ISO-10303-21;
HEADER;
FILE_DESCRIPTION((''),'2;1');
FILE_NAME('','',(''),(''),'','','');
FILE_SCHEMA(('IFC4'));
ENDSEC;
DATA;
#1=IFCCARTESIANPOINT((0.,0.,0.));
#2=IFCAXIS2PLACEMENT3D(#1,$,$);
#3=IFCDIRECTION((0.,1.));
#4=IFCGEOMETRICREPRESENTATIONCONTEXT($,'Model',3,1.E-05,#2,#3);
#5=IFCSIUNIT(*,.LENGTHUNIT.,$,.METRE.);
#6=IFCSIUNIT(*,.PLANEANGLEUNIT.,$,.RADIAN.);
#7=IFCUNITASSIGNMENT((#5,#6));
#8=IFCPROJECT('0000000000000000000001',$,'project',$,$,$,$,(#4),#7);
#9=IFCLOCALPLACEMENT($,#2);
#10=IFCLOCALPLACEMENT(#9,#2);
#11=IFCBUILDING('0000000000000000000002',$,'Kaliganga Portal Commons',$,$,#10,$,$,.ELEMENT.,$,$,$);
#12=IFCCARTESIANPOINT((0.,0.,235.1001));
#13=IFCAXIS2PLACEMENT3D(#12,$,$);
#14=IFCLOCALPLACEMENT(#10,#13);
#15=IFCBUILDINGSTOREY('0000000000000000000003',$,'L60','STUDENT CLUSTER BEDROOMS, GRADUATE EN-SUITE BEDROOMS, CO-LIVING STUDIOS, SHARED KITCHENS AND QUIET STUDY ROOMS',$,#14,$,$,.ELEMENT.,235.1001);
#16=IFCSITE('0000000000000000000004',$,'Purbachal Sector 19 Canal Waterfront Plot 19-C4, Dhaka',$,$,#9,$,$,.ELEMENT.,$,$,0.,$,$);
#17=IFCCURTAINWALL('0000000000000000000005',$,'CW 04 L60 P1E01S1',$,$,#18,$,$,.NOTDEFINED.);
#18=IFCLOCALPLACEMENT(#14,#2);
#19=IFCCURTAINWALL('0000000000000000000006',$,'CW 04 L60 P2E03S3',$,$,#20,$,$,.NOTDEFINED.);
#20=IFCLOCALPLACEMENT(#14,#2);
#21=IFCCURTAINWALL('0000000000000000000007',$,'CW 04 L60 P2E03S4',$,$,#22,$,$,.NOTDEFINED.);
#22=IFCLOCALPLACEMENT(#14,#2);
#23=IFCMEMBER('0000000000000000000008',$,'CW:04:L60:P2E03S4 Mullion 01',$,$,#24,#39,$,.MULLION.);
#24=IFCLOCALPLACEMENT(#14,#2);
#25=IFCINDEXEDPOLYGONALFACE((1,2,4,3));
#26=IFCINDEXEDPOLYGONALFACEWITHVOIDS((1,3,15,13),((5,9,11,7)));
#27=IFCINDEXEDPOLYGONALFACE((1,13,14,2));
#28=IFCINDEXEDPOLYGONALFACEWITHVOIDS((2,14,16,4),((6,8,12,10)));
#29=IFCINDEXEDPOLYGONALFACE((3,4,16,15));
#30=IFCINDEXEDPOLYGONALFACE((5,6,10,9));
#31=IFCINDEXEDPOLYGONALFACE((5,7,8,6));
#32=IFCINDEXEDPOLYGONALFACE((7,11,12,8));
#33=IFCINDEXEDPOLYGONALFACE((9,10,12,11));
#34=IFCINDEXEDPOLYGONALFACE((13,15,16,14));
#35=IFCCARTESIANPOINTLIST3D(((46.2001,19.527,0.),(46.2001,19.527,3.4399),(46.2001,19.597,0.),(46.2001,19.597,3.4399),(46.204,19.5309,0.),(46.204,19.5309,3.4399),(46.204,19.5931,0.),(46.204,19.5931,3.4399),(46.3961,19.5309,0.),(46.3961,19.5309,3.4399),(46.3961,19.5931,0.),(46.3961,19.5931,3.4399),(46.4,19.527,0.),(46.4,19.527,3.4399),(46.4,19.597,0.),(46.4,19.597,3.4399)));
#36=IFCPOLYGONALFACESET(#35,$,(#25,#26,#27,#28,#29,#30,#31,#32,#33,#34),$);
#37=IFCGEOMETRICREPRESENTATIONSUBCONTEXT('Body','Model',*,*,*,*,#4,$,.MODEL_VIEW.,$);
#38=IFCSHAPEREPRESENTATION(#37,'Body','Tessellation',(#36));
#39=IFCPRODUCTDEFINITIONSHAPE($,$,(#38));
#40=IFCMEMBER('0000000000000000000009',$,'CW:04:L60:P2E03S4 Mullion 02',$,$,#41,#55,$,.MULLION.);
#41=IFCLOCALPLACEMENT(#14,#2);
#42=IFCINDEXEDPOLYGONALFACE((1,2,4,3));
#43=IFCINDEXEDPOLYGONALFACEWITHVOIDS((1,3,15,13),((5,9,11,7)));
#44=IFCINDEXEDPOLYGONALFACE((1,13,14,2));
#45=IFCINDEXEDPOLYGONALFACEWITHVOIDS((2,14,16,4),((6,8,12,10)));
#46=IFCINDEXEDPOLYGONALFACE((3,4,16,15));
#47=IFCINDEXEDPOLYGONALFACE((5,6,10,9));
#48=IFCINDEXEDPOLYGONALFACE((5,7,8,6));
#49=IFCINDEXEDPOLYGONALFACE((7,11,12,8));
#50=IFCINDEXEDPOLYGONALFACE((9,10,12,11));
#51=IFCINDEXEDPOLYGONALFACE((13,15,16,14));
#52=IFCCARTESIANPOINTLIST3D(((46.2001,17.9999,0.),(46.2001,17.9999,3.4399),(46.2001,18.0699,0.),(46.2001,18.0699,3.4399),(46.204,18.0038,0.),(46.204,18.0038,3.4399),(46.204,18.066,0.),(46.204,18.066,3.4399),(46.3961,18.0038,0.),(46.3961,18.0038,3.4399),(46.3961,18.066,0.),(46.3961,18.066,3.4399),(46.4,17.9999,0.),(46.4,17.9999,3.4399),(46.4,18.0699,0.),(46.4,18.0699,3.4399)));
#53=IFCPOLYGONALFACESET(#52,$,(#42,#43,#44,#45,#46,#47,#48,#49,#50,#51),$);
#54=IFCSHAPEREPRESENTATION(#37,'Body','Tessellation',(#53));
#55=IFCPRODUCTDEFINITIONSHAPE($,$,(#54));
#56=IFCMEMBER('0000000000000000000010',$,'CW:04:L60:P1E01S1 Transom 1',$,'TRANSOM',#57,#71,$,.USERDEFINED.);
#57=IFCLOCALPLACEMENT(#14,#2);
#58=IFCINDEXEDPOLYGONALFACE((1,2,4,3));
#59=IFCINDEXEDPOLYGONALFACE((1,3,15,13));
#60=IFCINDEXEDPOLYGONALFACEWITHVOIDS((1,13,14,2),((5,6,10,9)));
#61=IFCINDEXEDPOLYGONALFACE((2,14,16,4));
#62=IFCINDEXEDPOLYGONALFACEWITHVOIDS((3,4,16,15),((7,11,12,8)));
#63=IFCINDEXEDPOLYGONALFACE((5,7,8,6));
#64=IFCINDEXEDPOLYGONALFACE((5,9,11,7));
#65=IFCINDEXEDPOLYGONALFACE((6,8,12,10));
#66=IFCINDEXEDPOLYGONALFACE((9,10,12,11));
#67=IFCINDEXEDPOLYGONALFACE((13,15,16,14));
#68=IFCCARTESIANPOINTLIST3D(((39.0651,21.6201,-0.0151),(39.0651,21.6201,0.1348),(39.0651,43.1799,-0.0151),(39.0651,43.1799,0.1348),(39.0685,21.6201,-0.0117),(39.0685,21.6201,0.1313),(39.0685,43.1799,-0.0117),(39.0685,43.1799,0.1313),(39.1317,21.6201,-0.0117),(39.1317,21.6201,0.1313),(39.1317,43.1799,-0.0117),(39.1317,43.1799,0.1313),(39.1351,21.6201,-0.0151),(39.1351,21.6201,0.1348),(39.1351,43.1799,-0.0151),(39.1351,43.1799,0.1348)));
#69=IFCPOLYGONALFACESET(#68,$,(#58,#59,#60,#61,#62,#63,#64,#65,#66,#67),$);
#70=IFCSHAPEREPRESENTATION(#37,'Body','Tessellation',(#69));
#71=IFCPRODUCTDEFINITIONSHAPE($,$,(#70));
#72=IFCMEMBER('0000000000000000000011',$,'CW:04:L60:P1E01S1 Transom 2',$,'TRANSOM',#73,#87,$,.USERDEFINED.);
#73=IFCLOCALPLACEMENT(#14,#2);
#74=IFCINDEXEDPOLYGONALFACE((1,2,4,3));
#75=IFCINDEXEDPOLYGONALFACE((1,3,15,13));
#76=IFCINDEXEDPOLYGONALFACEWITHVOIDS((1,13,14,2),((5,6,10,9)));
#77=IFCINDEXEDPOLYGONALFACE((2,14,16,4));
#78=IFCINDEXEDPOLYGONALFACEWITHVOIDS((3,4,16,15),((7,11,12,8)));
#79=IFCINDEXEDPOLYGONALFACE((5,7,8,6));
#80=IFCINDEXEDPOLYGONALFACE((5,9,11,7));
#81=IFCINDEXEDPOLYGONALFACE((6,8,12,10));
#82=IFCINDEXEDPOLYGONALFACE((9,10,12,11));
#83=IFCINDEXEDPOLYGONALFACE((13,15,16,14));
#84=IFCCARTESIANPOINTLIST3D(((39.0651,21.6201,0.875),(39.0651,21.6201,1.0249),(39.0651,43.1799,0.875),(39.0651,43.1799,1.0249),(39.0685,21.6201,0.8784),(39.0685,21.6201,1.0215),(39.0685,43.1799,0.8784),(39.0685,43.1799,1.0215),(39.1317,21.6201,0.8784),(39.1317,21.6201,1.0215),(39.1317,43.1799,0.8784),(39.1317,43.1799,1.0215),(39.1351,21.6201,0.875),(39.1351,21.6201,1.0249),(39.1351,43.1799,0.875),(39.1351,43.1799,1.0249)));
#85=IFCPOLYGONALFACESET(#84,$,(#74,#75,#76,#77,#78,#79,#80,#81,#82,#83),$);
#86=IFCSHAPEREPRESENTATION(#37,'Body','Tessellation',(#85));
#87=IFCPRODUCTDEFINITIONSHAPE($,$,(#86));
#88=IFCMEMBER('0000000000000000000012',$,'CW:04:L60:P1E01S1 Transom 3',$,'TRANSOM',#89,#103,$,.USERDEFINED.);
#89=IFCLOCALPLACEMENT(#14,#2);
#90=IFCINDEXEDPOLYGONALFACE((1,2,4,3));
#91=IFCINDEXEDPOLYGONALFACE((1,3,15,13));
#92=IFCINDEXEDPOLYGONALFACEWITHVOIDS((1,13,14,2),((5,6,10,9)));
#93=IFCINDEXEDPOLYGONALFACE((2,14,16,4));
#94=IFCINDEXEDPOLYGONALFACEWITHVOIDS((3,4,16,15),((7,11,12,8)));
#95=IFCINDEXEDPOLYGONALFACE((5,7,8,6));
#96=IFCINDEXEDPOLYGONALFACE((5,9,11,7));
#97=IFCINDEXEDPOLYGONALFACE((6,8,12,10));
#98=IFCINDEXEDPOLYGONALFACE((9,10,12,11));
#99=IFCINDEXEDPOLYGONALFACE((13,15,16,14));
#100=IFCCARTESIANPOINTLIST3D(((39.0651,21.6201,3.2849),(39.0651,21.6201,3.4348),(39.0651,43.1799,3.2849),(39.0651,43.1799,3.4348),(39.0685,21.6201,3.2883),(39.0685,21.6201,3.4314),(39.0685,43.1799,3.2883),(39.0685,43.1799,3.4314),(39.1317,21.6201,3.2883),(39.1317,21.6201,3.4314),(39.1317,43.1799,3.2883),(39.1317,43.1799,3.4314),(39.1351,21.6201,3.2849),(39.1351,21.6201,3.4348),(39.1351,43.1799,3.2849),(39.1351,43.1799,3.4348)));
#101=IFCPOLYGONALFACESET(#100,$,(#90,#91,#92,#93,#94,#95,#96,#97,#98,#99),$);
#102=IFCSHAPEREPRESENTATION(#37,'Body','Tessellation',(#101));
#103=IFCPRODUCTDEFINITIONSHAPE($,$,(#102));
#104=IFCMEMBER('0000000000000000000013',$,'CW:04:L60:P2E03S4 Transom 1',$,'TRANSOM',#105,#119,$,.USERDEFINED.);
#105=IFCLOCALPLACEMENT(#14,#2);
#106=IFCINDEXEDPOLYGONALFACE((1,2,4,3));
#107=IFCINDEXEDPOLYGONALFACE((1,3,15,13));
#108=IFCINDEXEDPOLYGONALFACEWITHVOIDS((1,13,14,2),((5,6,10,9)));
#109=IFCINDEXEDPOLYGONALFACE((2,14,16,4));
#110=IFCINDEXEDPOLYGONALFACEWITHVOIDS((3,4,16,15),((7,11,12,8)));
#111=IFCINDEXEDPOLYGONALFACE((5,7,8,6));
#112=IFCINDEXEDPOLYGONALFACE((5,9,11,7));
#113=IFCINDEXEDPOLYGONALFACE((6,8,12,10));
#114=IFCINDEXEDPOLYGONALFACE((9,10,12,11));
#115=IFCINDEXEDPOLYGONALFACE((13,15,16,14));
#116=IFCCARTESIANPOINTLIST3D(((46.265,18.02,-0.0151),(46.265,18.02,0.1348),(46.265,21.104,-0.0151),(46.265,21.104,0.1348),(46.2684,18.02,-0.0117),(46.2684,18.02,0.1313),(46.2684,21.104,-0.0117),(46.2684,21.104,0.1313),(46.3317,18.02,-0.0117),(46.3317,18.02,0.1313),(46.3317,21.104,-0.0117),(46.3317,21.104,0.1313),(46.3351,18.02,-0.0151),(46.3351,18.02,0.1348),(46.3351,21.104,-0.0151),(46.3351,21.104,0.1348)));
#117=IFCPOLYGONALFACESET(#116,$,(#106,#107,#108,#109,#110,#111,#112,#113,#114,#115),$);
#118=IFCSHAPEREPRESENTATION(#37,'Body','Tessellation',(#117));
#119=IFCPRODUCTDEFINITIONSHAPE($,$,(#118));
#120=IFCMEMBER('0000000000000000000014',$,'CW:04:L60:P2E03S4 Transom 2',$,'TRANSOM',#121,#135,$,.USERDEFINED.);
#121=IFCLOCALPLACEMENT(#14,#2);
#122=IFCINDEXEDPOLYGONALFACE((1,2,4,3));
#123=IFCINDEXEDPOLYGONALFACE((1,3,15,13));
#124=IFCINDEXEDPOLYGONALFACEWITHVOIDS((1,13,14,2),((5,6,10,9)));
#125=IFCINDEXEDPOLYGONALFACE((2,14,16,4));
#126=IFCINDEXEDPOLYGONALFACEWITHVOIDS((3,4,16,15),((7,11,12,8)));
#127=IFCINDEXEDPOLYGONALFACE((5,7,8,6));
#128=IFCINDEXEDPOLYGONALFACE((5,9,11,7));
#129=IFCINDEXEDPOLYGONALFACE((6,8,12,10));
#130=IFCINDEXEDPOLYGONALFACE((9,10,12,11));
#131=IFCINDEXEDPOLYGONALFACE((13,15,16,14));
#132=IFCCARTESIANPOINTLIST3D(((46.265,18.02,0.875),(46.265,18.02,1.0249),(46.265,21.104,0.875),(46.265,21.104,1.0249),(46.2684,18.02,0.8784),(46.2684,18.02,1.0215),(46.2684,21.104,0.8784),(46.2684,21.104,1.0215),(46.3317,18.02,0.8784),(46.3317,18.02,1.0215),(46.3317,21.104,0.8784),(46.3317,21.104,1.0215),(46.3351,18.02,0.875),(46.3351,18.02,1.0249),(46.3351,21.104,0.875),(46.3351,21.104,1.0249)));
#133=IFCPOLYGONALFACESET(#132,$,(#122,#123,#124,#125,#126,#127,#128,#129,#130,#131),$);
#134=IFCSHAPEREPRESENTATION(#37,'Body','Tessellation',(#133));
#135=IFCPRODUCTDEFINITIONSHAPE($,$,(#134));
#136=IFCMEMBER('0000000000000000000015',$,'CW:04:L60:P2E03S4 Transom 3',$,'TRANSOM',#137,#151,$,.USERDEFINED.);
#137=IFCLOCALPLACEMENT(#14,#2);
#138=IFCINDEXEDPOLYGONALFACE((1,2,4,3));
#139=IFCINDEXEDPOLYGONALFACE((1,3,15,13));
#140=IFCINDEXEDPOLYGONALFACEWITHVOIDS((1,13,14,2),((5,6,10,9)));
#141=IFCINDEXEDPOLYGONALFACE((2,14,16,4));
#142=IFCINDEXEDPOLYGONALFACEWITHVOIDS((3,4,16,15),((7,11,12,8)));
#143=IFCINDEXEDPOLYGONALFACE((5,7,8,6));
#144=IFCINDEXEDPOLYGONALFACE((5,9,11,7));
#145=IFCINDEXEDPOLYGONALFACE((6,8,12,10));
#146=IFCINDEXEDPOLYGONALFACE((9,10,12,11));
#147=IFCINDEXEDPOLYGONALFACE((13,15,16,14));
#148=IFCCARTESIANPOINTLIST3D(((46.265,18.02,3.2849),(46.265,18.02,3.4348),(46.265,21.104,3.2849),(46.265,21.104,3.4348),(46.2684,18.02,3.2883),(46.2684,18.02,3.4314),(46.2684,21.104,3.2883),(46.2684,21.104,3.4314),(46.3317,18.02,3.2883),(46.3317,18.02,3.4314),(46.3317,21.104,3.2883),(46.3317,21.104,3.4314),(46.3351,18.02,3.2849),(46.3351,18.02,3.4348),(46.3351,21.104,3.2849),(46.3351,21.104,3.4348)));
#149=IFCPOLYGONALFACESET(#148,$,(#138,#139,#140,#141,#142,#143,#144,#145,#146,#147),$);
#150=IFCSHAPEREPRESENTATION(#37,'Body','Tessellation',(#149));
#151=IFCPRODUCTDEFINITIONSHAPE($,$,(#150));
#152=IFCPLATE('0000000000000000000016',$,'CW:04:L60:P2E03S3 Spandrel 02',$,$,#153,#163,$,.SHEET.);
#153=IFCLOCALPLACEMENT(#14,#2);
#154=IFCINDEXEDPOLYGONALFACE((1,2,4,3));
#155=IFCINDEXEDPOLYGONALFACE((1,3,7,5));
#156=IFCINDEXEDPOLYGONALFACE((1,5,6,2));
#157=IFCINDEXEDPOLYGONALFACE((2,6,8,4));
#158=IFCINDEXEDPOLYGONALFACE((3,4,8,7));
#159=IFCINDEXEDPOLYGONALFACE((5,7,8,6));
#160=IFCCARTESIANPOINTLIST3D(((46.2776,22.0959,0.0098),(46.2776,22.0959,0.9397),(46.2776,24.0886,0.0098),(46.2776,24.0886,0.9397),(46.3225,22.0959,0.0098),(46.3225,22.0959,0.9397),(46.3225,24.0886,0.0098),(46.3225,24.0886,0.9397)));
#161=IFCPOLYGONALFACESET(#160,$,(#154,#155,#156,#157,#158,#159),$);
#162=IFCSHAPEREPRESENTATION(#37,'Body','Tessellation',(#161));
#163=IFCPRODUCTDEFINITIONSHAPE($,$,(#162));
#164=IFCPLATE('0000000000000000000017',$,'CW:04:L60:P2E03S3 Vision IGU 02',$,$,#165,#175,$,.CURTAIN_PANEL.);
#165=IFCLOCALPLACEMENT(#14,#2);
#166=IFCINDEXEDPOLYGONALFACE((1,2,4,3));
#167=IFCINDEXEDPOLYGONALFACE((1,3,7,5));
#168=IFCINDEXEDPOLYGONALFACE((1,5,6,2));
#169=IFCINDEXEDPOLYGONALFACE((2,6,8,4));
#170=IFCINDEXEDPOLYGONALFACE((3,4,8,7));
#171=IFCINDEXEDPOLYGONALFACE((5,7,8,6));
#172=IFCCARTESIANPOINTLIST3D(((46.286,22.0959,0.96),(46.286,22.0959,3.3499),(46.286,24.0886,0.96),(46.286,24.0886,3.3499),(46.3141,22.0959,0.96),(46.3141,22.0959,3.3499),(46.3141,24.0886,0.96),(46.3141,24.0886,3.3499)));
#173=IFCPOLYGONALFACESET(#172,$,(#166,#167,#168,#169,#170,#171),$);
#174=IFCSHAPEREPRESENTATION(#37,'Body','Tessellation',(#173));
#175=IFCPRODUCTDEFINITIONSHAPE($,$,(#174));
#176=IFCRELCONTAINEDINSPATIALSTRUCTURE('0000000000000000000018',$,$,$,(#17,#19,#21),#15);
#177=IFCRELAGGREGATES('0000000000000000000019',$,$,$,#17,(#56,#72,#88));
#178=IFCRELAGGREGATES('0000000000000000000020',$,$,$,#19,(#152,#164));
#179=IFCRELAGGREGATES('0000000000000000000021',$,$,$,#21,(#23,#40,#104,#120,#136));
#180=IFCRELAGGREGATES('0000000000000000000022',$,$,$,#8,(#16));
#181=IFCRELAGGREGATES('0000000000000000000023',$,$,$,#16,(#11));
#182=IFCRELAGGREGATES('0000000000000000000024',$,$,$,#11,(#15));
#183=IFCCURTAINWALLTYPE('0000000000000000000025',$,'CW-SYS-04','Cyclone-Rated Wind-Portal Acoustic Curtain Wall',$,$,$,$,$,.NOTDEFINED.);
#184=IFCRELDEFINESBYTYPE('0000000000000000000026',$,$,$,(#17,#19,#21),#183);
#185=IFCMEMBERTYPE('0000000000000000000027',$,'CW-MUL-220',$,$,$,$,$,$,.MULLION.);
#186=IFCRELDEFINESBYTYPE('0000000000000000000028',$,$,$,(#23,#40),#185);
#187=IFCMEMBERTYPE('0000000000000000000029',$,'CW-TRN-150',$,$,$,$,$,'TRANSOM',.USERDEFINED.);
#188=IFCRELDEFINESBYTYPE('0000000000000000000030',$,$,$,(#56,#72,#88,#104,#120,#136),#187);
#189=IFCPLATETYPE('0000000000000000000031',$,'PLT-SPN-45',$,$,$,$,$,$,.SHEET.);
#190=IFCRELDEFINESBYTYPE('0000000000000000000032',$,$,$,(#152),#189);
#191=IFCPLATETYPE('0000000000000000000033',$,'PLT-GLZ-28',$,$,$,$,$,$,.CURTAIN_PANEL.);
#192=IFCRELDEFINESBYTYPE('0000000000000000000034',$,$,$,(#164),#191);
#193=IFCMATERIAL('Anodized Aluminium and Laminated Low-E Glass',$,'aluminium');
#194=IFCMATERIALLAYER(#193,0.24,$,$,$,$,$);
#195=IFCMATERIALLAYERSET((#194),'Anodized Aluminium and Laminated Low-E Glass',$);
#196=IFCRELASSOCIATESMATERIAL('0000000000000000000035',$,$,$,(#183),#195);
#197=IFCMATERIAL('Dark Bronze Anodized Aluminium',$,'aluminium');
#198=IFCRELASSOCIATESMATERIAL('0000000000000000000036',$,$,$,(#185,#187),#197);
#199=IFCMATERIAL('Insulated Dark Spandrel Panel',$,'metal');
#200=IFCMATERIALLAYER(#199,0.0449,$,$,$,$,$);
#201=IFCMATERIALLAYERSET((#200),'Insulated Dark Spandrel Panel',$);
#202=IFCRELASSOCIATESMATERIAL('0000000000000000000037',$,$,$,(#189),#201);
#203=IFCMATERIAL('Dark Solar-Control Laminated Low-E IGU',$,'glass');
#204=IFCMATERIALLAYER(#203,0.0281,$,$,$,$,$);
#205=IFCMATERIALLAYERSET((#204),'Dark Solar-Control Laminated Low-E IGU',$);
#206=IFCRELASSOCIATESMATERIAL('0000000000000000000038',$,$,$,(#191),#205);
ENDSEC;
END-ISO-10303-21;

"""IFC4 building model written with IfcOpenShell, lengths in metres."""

from ifc_helpers import new_model, si_unit, direction, frame, origin, origin_2d, place, context, subcontext, project, spatial, rectangle, hollow_rectangle, extrude, source, transform, mapped, material, layer, layer_set, material_profile, profile_set, type_object, element, aggregate, save


model = new_model("IFC4")

# Units and contexts
model_context = context("Model", 3, precision=1e-05, world=origin(), true_north=direction((0.0, 1.0)))
body_context = subcontext(model_context, "Body", "Model", "MODEL_VIEW")
ifc_project = project(units=[si_unit("LENGTHUNIT", "METRE"), si_unit("PLANEANGLEUNIT", "RADIAN")], contexts=[model_context])

# Site, building, storey
site_placement = place(None, origin())
site = spatial("IfcSite", under=ifc_project, at=site_placement, Name="Purbachal Sector 19 Canal Waterfront Plot 19-C4, Dhaka", CompositionType="ELEMENT", RefElevation=0.0)
building_placement = place(site_placement, origin())
building = spatial("IfcBuilding", under=site, at=building_placement, Name="Kaliganga Portal Commons", CompositionType="ELEMENT")
storey_placement = place(building_placement, frame((0.0, 0.0, 235.1001)))
storey = spatial("IfcBuildingStorey", under=building, at=storey_placement, Name="L60", Description="STUDENT CLUSTER BEDROOMS, GRADUATE EN-SUITE BEDROOMS, CO-LIVING STUDIOS, SHARED KITCHENS AND QUIET STUDY ROOMS", CompositionType="ELEMENT", Elevation=235.1001)

# Curtain walls
ifc_material_1 = material(Name="Anodized Aluminium and Laminated Low-E Glass", Category="aluminium")
ifc_layer_1 = layer(ifc_material_1, 0.24)
ifc_layer_set_1 = layer_set([ifc_layer_1], Name="Anodized Aluminium and Laminated Low-E Glass")
curtain_wall_type = type_object("IfcCurtainWallType", Name="CW-SYS-04", Description="Cyclone-Rated Wind-Portal Acoustic Curtain Wall", PredefinedType="NOTDEFINED", material=ifc_layer_set_1)
curtain_wall_1_placement = place(storey_placement, origin())
curtain_wall_1 = element("IfcCurtainWall", 1, at=curtain_wall_1_placement, inside=storey, type_object=curtain_wall_type, Name="CW 04 L60 P1E01S1", PredefinedType="NOTDEFINED")
ifc_material_2 = material(Name="Dark Bronze Anodized Aluminium", Category="aluminium")
ifc_material_profile_1 = material_profile(ifc_material_2, hollow_rectangle(XDim=0.0701, YDim=0.2, WallThickness=0.0039, at=origin_2d()), Name="ALU MULL 70x200x4")
ifc_profile_set_1 = profile_set([ifc_material_profile_1], Name="Dark Bronze Anodized Aluminium")
member_type_1 = type_object("IfcMemberType", Name="CW-MUL-220", PredefinedType="MULLION", material=ifc_profile_set_1)
shared_shape_1 = source(origin(), body_context, "Body", "SweptSolid", [
    extrude(hollow_rectangle(XDim=0.0701, YDim=0.2, WallThickness=0.0039, at=origin_2d()), origin(), (0.0, 0.0, 1.0), 3.4399),
])
curtain_wall_2_placement = place(storey_placement, origin())
curtain_wall_2 = element("IfcCurtainWall", 2, at=curtain_wall_2_placement, inside=storey, type_object=curtain_wall_type, Name="CW 04 L60 P2E03S3", PredefinedType="NOTDEFINED")

# Curtain wall, members
curtain_wall_3_placement = place(storey_placement, origin())
curtain_wall_3 = element("IfcCurtainWall", 3, at=curtain_wall_3_placement, inside=storey, type_object=curtain_wall_type, Name="CW 04 L60 P2E03S4", PredefinedType="NOTDEFINED")
member_1_placement = place(storey_placement, frame((46.3, 19.562, 0.0), z_axis=(0.0, 0.0, 1.0), x_axis=(0.0, -1.0, 0.0)))
member_1 = element("IfcMember", 4, at=member_1_placement, type_object=member_type_1, Name="CW:04:L60:P2E03S4 Mullion 01", PredefinedType="MULLION", context=body_context, shape_type="MappedRepresentation", body=[
    mapped(shared_shape_1, transform((0.0, 0.0, 0.0), x_axis=(1.0, 0.0, 0.0), y_axis=(0.0, 1.0, 0.0), z_axis=(0.0, 0.0, 1.0), scale=1.0)),
])
member_2_placement = place(storey_placement, frame((46.3, 18.0349, 0.0), z_axis=(0.0, 0.0, 1.0), x_axis=(0.0, -1.0, 0.0)))
member_2 = element("IfcMember", 5, at=member_2_placement, type_object=member_type_1, Name="CW:04:L60:P2E03S4 Mullion 02", PredefinedType="MULLION", context=body_context, shape_type="MappedRepresentation", body=[
    mapped(shared_shape_1, transform((0.0, 0.0, 0.0), x_axis=(1.0, 0.0, 0.0), y_axis=(0.0, 1.0, 0.0), z_axis=(0.0, 0.0, 1.0), scale=1.0)),
])

# Members
ifc_material_profile_2 = material_profile(ifc_material_2, hollow_rectangle(XDim=0.0701, YDim=0.1499, WallThickness=0.0034, at=origin_2d()), Name="ALU TRAN 70x150x3.5")
ifc_profile_set_2 = profile_set([ifc_material_profile_2], Name="Dark Bronze Anodized Aluminium")
member_type_2 = type_object("IfcMemberType", Name="CW-TRN-150", ElementType="TRANSOM", PredefinedType="USERDEFINED", material=ifc_profile_set_2)
shared_shape_2 = source(origin(), body_context, "Body", "SweptSolid", [
    extrude(hollow_rectangle(XDim=0.0701, YDim=0.1499, WallThickness=0.0034, at=origin_2d()), origin(), (0.0, 0.0, 1.0), 21.5598),
])
member_3_placement = place(storey_placement, frame((39.1001, 21.6201, 0.0598), z_axis=(0.0, 1.0, 0.0), x_axis=(-1.0, 0.0, 0.0)))
member_3 = element("IfcMember", 6, at=member_3_placement, type_object=member_type_2, Name="CW:04:L60:P1E01S1 Transom 1", ObjectType="TRANSOM", PredefinedType="USERDEFINED", context=body_context, shape_type="MappedRepresentation", body=[
    mapped(shared_shape_2, transform((0.0, 0.0, 0.0), x_axis=(1.0, 0.0, 0.0), y_axis=(0.0, 1.0, 0.0), z_axis=(0.0, 0.0, 1.0), scale=1.0)),
])
member_4_placement = place(storey_placement, frame((39.1001, 21.6201, 0.95), z_axis=(0.0, 1.0, 0.0), x_axis=(-1.0, 0.0, 0.0)))
member_4 = element("IfcMember", 7, at=member_4_placement, type_object=member_type_2, Name="CW:04:L60:P1E01S1 Transom 2", ObjectType="TRANSOM", PredefinedType="USERDEFINED", context=body_context, shape_type="MappedRepresentation", body=[
    mapped(shared_shape_2, transform((0.0, 0.0, 0.0), x_axis=(1.0, 0.0, 0.0), y_axis=(0.0, 1.0, 0.0), z_axis=(0.0, 0.0, 1.0), scale=1.0)),
])
member_5_placement = place(storey_placement, frame((39.1001, 21.6201, 3.3599), z_axis=(0.0, 1.0, 0.0), x_axis=(-1.0, 0.0, 0.0)))
member_5 = element("IfcMember", 8, at=member_5_placement, type_object=member_type_2, Name="CW:04:L60:P1E01S1 Transom 3", ObjectType="TRANSOM", PredefinedType="USERDEFINED", context=body_context, shape_type="MappedRepresentation", body=[
    mapped(shared_shape_2, transform((0.0, 0.0, 0.0), x_axis=(1.0, 0.0, 0.0), y_axis=(0.0, 1.0, 0.0), z_axis=(0.0, 0.0, 1.0), scale=1.0)),
])
aggregate(curtain_wall_1, [member_3, member_4, member_5])
shared_shape_3 = source(origin(), body_context, "Body", "SweptSolid", [
    extrude(hollow_rectangle(XDim=0.0701, YDim=0.1499, WallThickness=0.0034, at=origin_2d()), origin(), (0.0, 0.0, 1.0), 3.084),
])
member_6_placement = place(storey_placement, frame((46.3, 21.104, 0.0598), z_axis=(0.0, -1.0, 0.0), x_axis=(1.0, 0.0, 0.0)))
member_6 = element("IfcMember", 9, at=member_6_placement, type_object=member_type_2, Name="CW:04:L60:P2E03S4 Transom 1", ObjectType="TRANSOM", PredefinedType="USERDEFINED", context=body_context, shape_type="MappedRepresentation", body=[
    mapped(shared_shape_3, transform((0.0, 0.0, 0.0), x_axis=(1.0, 0.0, 0.0), y_axis=(0.0, 1.0, 0.0), z_axis=(0.0, 0.0, 1.0), scale=1.0)),
])
member_7_placement = place(storey_placement, frame((46.3, 21.104, 0.95), z_axis=(0.0, -1.0, 0.0), x_axis=(1.0, 0.0, 0.0)))
member_7 = element("IfcMember", 10, at=member_7_placement, type_object=member_type_2, Name="CW:04:L60:P2E03S4 Transom 2", ObjectType="TRANSOM", PredefinedType="USERDEFINED", context=body_context, shape_type="MappedRepresentation", body=[
    mapped(shared_shape_3, transform((0.0, 0.0, 0.0), x_axis=(1.0, 0.0, 0.0), y_axis=(0.0, 1.0, 0.0), z_axis=(0.0, 0.0, 1.0), scale=1.0)),
])
member_8_placement = place(storey_placement, frame((46.3, 21.104, 3.3599), z_axis=(0.0, -1.0, 0.0), x_axis=(1.0, 0.0, 0.0)))
member_8 = element("IfcMember", 11, at=member_8_placement, type_object=member_type_2, Name="CW:04:L60:P2E03S4 Transom 3", ObjectType="TRANSOM", PredefinedType="USERDEFINED", context=body_context, shape_type="MappedRepresentation", body=[
    mapped(shared_shape_3, transform((0.0, 0.0, 0.0), x_axis=(1.0, 0.0, 0.0), y_axis=(0.0, 1.0, 0.0), z_axis=(0.0, 0.0, 1.0), scale=1.0)),
])

# Plates
ifc_material_3 = material(Name="Insulated Dark Spandrel Panel", Category="metal")
ifc_layer_2 = layer(ifc_material_3, 0.0449)
ifc_layer_set_2 = layer_set([ifc_layer_2], Name="Insulated Dark Spandrel Panel")
plate_type_1 = type_object("IfcPlateType", Name="PLT-SPN-45", PredefinedType="SHEET", material=ifc_layer_set_2)
shared_shape_4 = source(origin(), body_context, "Body", "SweptSolid", [
    extrude(rectangle(XDim=1.9927, YDim=0.0449, at=origin_2d()), origin(), (0.0, 0.0, 1.0), 0.9299),
])
plate_1_placement = place(storey_placement, frame((46.3, 23.0923, 0.0098), z_axis=(0.0, 0.0, 1.0), x_axis=(0.0, -1.0, 0.0)))
plate_1 = element("IfcPlate", 12, at=plate_1_placement, type_object=plate_type_1, Name="CW:04:L60:P2E03S3 Spandrel 02", PredefinedType="SHEET", context=body_context, shape_type="MappedRepresentation", body=[
    mapped(shared_shape_4, transform((0.0, 0.0, 0.0), x_axis=(1.0, 0.0, 0.0), y_axis=(0.0, 1.0, 0.0), z_axis=(0.0, 0.0, 1.0), scale=1.0)),
])
ifc_material_4 = material(Name="Dark Solar-Control Laminated Low-E IGU", Category="glass")
ifc_layer_3 = layer(ifc_material_4, 0.0281)
ifc_layer_set_3 = layer_set([ifc_layer_3], Name="Dark Solar-Control Laminated Low-E IGU")
plate_type_2 = type_object("IfcPlateType", Name="PLT-GLZ-28", PredefinedType="CURTAIN_PANEL", material=ifc_layer_set_3)
shared_shape_5 = source(origin(), body_context, "Body", "SweptSolid", [
    extrude(rectangle(XDim=1.9927, YDim=0.0281, at=origin_2d()), origin(), (0.0, 0.0, 1.0), 2.3899),
])
plate_2_placement = place(storey_placement, frame((46.3, 23.0923, 0.96), z_axis=(0.0, 0.0, 1.0), x_axis=(0.0, -1.0, 0.0)))
plate_2 = element("IfcPlate", 13, at=plate_2_placement, type_object=plate_type_2, Name="CW:04:L60:P2E03S3 Vision IGU 02", PredefinedType="CURTAIN_PANEL", context=body_context, shape_type="MappedRepresentation", body=[
    mapped(shared_shape_5, transform((0.0, 0.0, 0.0), x_axis=(1.0, 0.0, 0.0), y_axis=(0.0, 1.0, 0.0), z_axis=(0.0, 0.0, 1.0), scale=1.0)),
])
aggregate(curtain_wall_2, [plate_1, plate_2])
aggregate(curtain_wall_3, [member_1, member_2, member_6, member_7, member_8])

save(model, "model.ifc")
